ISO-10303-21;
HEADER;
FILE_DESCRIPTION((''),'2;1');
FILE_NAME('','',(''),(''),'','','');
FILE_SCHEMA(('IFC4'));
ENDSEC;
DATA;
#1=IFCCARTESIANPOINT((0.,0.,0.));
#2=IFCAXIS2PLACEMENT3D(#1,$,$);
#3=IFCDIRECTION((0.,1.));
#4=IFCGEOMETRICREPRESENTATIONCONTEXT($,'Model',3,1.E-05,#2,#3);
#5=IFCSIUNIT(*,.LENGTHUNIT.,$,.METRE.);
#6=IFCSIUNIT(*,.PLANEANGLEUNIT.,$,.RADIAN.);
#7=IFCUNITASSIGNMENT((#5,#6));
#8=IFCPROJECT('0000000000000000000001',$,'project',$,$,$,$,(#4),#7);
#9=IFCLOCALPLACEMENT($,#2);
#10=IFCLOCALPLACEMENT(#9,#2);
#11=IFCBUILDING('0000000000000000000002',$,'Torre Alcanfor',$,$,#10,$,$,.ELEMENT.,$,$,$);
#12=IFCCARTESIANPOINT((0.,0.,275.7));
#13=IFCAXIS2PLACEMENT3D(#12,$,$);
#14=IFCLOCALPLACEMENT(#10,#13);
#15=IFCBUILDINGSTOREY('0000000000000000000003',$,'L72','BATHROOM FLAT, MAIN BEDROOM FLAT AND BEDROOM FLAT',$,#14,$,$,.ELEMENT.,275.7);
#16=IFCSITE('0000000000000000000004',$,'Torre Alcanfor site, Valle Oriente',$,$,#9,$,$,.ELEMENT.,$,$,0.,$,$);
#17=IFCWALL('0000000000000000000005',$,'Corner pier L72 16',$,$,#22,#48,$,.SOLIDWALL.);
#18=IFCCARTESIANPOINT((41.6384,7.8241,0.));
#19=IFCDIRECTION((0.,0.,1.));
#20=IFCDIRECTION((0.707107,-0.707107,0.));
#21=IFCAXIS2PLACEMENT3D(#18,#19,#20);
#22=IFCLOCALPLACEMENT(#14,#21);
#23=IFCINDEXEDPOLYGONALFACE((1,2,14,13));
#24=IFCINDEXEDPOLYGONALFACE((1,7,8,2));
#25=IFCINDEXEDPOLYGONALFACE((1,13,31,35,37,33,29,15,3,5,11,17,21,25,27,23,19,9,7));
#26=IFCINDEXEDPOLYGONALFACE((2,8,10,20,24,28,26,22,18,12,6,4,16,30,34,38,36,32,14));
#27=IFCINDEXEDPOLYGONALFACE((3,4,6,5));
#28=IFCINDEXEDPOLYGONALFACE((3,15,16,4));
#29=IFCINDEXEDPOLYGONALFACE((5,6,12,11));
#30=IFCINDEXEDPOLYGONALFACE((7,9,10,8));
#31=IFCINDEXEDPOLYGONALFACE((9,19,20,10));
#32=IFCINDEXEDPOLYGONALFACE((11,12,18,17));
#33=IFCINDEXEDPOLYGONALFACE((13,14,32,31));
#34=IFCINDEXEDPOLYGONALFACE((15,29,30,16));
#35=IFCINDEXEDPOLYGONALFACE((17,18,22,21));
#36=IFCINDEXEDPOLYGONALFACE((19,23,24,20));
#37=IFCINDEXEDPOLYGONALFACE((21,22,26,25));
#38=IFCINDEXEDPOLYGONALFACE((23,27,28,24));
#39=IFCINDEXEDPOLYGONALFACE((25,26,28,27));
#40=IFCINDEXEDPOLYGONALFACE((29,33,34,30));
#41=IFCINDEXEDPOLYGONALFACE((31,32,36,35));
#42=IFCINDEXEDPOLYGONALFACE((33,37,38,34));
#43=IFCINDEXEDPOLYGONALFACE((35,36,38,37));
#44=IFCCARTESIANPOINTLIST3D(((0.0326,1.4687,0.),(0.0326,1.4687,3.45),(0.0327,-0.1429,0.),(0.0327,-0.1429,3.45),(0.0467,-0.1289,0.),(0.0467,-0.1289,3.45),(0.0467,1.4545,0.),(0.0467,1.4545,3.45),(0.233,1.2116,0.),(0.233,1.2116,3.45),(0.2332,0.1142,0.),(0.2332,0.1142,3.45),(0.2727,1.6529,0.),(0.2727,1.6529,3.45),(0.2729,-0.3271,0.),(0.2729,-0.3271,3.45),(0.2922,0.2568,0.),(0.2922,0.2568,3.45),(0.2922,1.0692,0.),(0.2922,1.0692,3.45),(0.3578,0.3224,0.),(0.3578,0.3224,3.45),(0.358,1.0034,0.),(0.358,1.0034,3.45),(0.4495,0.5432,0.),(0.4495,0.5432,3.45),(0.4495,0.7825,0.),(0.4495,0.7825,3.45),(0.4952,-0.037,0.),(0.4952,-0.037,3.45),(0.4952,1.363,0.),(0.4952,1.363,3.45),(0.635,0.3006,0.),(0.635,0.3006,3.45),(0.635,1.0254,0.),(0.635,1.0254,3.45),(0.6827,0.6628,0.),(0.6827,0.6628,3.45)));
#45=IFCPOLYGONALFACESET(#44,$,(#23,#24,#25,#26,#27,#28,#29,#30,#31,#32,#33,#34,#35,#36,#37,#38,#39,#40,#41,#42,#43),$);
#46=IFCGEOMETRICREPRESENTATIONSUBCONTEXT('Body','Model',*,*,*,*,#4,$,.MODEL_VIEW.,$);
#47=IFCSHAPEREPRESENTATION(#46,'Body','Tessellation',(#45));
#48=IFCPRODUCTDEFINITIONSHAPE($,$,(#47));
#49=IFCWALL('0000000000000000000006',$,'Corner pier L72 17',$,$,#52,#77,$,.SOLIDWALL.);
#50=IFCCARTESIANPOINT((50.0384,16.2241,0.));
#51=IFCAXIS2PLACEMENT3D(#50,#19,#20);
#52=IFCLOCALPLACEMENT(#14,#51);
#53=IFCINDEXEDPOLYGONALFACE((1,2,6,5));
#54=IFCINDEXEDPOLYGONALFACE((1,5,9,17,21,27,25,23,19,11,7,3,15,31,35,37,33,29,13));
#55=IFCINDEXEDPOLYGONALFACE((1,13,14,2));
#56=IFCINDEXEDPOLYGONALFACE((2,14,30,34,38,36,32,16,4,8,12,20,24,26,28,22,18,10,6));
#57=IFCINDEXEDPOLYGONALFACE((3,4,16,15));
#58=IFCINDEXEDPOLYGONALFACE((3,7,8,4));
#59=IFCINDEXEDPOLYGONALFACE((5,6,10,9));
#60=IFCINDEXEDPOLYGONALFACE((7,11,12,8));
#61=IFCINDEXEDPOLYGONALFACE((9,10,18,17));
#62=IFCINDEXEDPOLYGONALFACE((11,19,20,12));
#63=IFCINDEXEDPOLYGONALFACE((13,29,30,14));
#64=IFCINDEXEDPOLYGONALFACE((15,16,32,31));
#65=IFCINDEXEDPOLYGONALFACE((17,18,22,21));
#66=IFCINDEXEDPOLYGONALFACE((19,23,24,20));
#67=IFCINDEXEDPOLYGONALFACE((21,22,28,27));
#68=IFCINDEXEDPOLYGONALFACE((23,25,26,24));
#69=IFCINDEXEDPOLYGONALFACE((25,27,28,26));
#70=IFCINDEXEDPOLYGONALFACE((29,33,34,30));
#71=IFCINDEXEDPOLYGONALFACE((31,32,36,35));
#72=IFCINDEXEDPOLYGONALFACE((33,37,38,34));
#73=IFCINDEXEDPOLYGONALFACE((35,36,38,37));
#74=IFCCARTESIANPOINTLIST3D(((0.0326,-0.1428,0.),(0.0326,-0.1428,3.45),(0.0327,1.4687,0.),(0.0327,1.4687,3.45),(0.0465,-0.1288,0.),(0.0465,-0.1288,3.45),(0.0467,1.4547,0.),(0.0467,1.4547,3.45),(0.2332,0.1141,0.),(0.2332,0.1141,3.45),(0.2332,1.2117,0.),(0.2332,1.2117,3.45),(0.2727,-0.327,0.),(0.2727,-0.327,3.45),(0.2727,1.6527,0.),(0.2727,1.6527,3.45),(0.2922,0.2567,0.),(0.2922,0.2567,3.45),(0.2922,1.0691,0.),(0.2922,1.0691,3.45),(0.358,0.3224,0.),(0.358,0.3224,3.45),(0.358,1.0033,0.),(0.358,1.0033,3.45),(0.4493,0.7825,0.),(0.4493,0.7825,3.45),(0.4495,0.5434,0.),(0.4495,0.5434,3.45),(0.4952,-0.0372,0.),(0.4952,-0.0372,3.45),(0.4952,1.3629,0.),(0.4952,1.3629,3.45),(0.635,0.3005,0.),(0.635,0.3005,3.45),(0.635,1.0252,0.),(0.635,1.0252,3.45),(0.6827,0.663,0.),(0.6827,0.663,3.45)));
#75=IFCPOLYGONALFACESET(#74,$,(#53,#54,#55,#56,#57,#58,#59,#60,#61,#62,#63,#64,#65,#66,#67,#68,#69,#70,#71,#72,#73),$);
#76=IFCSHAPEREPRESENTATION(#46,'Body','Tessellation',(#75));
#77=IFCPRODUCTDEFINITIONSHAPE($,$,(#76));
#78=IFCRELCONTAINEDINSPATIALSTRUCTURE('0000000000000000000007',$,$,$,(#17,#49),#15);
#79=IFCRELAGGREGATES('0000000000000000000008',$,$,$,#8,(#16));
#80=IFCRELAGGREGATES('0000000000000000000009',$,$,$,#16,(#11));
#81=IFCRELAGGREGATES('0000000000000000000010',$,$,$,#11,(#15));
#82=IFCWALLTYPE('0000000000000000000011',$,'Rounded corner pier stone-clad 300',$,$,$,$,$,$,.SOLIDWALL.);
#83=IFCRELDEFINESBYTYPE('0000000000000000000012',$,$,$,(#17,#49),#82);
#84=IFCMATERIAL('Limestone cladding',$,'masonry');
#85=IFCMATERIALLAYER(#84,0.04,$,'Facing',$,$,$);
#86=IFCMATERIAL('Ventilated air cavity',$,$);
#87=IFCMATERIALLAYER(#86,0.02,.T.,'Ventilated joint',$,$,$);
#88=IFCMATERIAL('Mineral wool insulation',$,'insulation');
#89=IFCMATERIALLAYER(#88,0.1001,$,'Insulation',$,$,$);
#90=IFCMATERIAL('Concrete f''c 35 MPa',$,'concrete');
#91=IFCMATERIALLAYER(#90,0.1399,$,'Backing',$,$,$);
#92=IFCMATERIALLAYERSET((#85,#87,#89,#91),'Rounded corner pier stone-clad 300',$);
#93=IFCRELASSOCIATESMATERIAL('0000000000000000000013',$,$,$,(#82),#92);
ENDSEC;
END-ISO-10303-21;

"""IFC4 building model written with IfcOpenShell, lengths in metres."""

from ifc_helpers import new_model, si_unit, direction, frame, origin, place, context, subcontext, project, spatial, polyline, outline, extrude, material, layer, layer_set, type_object, element, save


model = new_model("IFC4")

# Units and contexts
model_context = context("Model", 3, precision=1e-05, world=origin(), true_north=direction((0.0, 1.0)))
body_context = subcontext(model_context, "Body", "Model", "MODEL_VIEW")
ifc_project = project(units=[si_unit("LENGTHUNIT", "METRE"), si_unit("PLANEANGLEUNIT", "RADIAN")], contexts=[model_context])

# Site, building, storey
site_placement = place(None, origin())
site = spatial("IfcSite", under=ifc_project, at=site_placement, Name="Torre Alcanfor site, Valle Oriente", CompositionType="ELEMENT", RefElevation=0.0)
building_placement = place(site_placement, origin())
building = spatial("IfcBuilding", under=site, at=building_placement, Name="Torre Alcanfor", CompositionType="ELEMENT")
storey_placement = place(building_placement, frame((0.0, 0.0, 275.7)))
storey = spatial("IfcBuildingStorey", under=building, at=storey_placement, Name="L72", Description="BATHROOM FLAT, MAIN BEDROOM FLAT AND BEDROOM FLAT", CompositionType="ELEMENT", Elevation=275.7)

# Shared definitions
ifc_material_1 = material(Name="Limestone cladding", Category="masonry")
ifc_material_2 = material(Name="Ventilated air cavity")
ifc_material_3 = material(Name="Mineral wool insulation", Category="insulation")
ifc_material_4 = material(Name="Concrete f'c 35 MPa", Category="concrete")

# Walls
ifc_layer_1 = layer(ifc_material_1, 0.04, Name="Facing")
ifc_layer_2 = layer(ifc_material_2, 0.02, ventilated=True, Name="Ventilated joint")
ifc_layer_3 = layer(ifc_material_3, 0.1001, Name="Insulation")
ifc_layer_4 = layer(ifc_material_4, 0.1399, Name="Backing")
ifc_layer_set_1 = layer_set([ifc_layer_1, ifc_layer_2, ifc_layer_3, ifc_layer_4], Name="Rounded corner pier stone-clad 300")
wall_type_1 = type_object("IfcWallType", Name="Rounded corner pier stone-clad 300", PredefinedType="SOLIDWALL", material=ifc_layer_set_1)
wall_1_placement = place(storey_placement, frame((41.6384, 7.8241, 0.0), z_axis=(0.0, 0.0, 1.0), x_axis=(0.707107, -0.707107, 0.0)))
element("IfcWall", 1, at=wall_1_placement, inside=storey, type_object=wall_type_1, Name="Corner pier L72 16", PredefinedType="SOLIDWALL", context=body_context, shape_type="SweptSolid", body=[
    extrude(outline(polyline([(0.0326, 1.4687), (0.0467, 1.4545), (0.233, 1.2116), (0.2922, 1.0692), (0.358, 1.0034), (0.4495, 0.7825), (0.4495, 0.5432), (0.3578, 0.3224), (0.2922, 0.2568), (0.2332, 0.1142), (0.0467, -0.1289), (0.0327, -0.1429), (0.2729, -0.3271), (0.4952, -0.037), (0.635, 0.3006), (0.6827, 0.6628), (0.635, 1.0254), (0.4952, 1.363), (0.2727, 1.6529), (0.0326, 1.4687)])), origin(), (0.0, 0.0, 1.0), 3.45),
])
wall_2_placement = place(storey_placement, frame((50.0384, 16.2241, 0.0), z_axis=(0.0, 0.0, 1.0), x_axis=(0.707107, -0.707107, 0.0)))
element("IfcWall", 2, at=wall_2_placement, inside=storey, type_object=wall_type_1, Name="Corner pier L72 17", PredefinedType="SOLIDWALL", context=body_context, shape_type="SweptSolid", body=[
    extrude(outline(polyline([(0.0467, 1.4547), (0.2332, 1.2117), (0.2922, 1.0691), (0.358, 1.0033), (0.4493, 0.7825), (0.4495, 0.5434), (0.358, 0.3224), (0.2922, 0.2567), (0.2332, 0.1141), (0.0465, -0.1288), (0.0326, -0.1428), (0.2727, -0.327), (0.4952, -0.0372), (0.635, 0.3005), (0.6827, 0.663), (0.635, 1.0252), (0.4952, 1.3629), (0.2727, 1.6527), (0.0327, 1.4687), (0.0467, 1.4547)])), origin(), (0.0, 0.0, 1.0), 3.45),
])

save(model, "model.ifc")
